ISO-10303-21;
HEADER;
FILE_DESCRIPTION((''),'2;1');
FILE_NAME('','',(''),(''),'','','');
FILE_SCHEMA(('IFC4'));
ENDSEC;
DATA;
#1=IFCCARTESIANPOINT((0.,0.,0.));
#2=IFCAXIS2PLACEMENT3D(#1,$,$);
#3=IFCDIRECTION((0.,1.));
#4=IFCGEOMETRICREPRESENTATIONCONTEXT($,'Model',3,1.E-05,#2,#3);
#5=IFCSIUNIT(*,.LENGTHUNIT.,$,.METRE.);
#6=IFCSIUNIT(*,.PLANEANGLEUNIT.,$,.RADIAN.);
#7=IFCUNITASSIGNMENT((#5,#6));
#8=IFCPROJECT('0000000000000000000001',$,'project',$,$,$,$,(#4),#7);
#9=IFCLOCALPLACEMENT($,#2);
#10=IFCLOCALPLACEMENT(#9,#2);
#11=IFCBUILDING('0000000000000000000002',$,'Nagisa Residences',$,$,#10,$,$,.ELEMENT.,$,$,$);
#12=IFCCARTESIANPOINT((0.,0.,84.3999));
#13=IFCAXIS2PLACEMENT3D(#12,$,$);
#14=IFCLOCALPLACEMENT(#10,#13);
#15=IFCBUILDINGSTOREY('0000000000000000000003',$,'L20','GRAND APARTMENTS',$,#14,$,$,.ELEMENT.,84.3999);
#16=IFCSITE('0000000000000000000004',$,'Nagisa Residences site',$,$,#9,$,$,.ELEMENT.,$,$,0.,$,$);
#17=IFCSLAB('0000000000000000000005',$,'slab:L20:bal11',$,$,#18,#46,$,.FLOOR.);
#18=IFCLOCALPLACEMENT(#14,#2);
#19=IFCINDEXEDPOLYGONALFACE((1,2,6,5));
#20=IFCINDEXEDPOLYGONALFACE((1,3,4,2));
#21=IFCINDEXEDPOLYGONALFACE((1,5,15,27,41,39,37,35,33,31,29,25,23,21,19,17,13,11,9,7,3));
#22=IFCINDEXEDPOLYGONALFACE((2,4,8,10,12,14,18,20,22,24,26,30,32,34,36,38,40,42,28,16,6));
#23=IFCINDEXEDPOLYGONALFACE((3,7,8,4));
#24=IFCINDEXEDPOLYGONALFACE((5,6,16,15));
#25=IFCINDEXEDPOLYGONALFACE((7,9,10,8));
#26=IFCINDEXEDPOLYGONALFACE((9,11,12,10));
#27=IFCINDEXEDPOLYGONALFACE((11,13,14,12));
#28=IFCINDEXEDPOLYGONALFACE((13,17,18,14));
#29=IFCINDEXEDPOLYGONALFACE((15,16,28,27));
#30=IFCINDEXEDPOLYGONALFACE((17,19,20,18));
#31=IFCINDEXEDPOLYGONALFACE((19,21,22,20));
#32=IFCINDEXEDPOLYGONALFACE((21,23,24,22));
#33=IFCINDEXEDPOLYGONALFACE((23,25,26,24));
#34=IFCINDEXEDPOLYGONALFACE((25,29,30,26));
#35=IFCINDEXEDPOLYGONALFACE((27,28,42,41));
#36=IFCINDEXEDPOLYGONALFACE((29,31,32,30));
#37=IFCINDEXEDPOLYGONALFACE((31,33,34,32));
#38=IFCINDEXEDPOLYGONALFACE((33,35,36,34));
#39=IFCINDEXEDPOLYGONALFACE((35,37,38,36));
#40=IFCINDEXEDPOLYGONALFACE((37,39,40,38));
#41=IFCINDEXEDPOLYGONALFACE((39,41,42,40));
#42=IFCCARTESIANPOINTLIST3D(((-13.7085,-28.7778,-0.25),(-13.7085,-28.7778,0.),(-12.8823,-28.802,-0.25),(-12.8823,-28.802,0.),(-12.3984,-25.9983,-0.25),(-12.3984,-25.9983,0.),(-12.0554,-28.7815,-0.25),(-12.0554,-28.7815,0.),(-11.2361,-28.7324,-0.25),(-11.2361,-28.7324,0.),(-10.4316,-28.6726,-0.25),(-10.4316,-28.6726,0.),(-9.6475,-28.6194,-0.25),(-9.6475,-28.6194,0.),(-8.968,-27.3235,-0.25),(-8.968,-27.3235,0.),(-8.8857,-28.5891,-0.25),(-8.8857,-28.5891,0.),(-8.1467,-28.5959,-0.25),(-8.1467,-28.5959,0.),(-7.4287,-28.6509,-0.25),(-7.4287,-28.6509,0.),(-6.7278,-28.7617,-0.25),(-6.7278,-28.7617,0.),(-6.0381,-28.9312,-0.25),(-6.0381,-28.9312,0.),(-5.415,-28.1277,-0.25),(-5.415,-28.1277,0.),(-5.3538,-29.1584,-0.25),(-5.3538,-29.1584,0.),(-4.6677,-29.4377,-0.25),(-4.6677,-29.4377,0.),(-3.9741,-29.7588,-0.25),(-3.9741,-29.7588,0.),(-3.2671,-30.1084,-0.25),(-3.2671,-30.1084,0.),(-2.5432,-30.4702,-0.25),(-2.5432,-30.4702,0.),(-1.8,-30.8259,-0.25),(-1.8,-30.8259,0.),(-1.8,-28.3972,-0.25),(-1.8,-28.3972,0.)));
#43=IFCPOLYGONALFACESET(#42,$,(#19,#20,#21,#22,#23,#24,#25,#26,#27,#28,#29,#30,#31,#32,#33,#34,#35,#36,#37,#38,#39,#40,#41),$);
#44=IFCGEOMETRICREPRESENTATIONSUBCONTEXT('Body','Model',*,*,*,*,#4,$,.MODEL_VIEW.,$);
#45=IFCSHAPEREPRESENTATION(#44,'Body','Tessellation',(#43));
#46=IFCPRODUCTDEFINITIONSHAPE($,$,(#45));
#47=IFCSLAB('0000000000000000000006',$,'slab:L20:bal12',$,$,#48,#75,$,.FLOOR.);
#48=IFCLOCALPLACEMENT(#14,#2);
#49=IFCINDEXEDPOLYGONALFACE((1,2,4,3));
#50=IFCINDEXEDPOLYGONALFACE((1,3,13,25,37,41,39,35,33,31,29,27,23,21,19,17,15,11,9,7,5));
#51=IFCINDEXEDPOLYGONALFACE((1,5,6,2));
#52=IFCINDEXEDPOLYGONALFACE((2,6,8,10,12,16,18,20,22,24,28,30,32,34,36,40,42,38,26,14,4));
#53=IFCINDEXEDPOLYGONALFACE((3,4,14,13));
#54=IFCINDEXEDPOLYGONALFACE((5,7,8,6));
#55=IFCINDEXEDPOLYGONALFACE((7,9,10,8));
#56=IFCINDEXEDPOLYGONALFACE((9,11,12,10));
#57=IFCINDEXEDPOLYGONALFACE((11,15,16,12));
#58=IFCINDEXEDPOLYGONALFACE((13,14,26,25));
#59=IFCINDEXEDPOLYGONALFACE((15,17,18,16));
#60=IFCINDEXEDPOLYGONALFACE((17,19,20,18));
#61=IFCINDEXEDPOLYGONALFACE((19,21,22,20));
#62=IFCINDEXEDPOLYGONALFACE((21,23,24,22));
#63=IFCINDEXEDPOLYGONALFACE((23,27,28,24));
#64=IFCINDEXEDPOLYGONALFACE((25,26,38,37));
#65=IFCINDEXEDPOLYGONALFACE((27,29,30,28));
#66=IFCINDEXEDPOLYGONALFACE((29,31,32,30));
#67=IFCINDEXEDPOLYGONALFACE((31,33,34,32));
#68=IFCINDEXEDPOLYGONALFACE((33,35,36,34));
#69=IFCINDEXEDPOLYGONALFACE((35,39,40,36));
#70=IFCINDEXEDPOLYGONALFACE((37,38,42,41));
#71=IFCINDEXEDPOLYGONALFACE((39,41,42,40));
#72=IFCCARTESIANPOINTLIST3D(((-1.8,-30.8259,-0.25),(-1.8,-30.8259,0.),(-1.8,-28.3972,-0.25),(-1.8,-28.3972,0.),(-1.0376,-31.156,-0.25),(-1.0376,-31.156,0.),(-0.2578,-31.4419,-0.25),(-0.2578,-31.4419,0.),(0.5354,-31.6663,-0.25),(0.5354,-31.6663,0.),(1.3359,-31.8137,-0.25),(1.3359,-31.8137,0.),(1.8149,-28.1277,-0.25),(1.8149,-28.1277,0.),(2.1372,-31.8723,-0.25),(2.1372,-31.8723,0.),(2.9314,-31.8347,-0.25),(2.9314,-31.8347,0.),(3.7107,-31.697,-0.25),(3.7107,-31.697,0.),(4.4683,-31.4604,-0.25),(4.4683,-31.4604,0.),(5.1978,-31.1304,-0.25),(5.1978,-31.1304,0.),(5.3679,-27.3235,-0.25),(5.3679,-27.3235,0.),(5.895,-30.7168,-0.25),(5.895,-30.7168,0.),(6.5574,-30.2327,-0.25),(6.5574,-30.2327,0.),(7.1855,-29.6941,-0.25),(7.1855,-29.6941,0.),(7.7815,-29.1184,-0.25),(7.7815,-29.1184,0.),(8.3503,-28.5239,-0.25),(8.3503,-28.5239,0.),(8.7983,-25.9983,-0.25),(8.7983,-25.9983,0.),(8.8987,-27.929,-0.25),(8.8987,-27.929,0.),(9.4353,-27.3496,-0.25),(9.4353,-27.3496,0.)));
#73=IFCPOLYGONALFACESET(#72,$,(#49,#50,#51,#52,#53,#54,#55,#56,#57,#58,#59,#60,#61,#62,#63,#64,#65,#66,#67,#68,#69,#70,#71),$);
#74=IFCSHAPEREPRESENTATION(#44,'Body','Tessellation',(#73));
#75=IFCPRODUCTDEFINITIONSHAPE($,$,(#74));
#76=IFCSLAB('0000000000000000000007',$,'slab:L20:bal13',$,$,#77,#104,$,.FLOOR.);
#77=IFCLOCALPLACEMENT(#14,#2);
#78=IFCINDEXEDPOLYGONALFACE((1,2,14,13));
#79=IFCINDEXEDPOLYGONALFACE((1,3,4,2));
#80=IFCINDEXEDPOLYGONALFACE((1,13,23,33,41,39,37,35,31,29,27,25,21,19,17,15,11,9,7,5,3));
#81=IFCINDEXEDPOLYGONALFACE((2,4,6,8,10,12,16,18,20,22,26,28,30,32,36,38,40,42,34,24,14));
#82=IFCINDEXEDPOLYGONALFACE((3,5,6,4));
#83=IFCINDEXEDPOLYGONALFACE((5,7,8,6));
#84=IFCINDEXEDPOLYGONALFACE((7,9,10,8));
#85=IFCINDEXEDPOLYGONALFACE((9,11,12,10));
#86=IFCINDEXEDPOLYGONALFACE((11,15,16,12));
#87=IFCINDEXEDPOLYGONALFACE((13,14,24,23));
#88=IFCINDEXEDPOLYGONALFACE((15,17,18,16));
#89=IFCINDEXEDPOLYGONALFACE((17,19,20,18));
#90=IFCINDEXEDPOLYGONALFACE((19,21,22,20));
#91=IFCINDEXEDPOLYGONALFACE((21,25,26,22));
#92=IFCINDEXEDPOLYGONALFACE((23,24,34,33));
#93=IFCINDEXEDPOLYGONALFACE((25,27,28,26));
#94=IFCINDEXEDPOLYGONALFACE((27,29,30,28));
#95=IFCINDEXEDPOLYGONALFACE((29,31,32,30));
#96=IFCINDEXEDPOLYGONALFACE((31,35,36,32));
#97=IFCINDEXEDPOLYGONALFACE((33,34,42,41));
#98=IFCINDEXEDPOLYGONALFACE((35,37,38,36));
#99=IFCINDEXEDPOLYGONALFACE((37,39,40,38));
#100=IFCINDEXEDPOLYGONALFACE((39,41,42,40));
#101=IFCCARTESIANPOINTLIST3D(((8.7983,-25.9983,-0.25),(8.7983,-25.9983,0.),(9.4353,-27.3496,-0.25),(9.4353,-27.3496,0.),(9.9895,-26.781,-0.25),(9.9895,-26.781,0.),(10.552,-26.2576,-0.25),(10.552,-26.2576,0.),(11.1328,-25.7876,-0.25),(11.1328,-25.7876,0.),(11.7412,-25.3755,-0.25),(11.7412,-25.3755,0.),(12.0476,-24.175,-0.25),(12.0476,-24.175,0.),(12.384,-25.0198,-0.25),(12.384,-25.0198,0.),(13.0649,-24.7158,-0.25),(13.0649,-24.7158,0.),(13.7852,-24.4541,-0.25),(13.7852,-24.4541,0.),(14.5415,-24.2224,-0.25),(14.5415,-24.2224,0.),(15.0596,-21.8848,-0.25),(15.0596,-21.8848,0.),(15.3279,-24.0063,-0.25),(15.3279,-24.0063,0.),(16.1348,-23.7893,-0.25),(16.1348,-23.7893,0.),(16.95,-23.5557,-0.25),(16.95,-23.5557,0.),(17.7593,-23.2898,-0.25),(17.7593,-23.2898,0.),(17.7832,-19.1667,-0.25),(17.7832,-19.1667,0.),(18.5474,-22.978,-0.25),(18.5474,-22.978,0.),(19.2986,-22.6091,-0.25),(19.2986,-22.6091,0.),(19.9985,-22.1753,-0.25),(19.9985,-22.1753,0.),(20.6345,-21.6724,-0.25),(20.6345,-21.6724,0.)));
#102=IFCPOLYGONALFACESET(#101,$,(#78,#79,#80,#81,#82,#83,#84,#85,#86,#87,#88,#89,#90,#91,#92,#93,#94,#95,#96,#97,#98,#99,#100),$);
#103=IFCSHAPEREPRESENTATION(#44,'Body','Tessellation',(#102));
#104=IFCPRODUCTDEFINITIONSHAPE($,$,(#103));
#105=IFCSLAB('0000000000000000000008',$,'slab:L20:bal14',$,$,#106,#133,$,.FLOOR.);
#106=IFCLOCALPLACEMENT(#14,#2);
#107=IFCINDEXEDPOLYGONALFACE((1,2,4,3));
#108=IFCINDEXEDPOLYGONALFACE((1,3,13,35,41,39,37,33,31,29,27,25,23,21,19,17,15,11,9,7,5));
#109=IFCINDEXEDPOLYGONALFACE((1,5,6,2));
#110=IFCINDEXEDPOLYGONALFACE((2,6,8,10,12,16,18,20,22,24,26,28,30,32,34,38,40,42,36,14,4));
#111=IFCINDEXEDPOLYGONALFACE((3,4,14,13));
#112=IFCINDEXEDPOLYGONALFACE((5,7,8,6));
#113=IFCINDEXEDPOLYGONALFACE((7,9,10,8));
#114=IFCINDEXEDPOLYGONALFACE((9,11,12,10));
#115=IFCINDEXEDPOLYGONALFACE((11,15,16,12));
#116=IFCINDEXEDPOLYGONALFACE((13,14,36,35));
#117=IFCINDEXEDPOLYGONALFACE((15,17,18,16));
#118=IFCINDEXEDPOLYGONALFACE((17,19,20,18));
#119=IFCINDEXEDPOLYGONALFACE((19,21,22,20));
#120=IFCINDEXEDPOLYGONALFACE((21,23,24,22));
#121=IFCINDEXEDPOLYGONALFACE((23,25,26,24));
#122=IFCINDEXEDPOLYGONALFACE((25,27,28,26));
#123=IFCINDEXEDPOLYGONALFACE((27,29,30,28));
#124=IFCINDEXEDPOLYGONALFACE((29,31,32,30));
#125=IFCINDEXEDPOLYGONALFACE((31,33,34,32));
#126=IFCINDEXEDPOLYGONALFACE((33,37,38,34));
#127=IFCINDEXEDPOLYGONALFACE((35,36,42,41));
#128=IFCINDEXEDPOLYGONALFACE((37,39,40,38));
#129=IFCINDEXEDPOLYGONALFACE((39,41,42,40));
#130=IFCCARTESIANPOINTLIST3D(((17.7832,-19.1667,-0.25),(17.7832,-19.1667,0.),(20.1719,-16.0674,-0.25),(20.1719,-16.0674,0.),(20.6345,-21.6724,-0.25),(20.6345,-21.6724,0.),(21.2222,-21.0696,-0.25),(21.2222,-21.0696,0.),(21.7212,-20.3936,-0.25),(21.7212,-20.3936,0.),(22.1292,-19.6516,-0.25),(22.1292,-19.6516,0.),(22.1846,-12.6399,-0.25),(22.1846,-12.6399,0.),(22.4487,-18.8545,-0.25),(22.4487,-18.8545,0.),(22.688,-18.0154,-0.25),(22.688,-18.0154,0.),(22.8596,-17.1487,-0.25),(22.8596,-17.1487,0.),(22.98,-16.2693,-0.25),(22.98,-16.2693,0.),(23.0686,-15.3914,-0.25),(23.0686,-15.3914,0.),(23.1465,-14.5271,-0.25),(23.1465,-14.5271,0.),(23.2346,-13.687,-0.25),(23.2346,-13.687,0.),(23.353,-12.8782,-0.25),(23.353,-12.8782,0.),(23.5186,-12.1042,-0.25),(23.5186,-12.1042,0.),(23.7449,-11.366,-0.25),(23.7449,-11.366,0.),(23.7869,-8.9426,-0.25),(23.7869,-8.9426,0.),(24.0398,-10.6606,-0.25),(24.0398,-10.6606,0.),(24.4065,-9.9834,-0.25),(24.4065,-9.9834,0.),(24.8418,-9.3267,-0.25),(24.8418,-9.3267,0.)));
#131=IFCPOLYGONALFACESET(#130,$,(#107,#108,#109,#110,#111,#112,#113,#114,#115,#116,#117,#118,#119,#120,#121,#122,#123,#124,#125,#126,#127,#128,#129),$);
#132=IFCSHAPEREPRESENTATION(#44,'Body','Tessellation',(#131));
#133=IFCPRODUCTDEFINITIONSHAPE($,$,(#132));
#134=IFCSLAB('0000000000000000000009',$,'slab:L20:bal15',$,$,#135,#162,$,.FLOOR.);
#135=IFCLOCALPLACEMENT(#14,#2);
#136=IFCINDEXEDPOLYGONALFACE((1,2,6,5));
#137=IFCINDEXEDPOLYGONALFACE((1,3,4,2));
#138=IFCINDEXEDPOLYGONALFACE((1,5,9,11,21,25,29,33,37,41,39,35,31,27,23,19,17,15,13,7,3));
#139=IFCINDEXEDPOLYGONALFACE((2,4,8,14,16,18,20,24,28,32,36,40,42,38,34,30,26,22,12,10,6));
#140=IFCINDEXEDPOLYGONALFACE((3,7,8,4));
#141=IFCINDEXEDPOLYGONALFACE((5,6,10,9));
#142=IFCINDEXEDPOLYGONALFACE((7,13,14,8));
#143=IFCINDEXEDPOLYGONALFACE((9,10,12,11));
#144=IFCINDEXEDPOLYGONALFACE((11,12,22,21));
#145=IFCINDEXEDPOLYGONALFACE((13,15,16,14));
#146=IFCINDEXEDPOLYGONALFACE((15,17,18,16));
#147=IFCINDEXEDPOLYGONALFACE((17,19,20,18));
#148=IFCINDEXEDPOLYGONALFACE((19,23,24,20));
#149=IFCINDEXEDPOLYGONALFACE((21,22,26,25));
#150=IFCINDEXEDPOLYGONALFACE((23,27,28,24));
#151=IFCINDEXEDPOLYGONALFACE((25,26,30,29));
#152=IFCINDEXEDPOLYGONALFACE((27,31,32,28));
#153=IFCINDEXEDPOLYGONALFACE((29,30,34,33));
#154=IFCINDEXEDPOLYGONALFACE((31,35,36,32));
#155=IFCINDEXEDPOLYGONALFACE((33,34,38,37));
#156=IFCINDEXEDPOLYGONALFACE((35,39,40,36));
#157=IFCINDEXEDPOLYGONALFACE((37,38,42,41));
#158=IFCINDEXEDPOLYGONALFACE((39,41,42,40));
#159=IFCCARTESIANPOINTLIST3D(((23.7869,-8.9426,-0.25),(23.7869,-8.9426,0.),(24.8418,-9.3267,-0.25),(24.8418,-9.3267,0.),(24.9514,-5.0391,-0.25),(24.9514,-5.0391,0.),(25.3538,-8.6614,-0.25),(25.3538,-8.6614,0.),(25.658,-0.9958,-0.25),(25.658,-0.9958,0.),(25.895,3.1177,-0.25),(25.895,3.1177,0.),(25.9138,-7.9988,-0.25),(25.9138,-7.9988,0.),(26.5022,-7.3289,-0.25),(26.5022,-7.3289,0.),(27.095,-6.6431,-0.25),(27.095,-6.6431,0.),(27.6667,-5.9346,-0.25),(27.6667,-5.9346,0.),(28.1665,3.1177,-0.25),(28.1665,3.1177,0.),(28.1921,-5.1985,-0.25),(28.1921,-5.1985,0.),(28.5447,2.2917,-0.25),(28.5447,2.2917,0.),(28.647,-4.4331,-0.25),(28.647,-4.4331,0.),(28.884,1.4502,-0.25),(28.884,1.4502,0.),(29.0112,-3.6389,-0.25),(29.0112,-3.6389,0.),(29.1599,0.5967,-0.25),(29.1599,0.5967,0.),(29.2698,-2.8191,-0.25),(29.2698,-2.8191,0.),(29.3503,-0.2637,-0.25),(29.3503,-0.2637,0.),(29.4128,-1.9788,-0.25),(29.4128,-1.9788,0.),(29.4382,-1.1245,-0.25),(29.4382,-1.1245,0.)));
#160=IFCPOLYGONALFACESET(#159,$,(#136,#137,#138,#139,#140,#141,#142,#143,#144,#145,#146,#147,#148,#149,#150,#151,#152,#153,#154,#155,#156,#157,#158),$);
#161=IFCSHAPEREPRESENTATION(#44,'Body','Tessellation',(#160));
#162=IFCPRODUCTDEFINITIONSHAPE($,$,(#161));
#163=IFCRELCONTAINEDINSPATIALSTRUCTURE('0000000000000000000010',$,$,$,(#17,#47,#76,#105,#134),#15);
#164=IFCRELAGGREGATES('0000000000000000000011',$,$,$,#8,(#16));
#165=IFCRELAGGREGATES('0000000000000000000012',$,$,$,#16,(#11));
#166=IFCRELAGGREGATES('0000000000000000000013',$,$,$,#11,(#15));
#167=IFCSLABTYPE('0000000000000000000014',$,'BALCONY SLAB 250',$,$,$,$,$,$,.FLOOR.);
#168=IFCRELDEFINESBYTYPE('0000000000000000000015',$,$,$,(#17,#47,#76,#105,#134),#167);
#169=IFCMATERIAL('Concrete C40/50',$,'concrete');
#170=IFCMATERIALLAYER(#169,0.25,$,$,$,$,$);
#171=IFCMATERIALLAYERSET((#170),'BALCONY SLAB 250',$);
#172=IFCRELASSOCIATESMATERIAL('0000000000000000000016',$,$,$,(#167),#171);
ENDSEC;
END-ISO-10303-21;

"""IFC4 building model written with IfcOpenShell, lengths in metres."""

from ifc_helpers import new_model, si_unit, direction, frame, origin, place, context, subcontext, project, spatial, polyline, outline, extrude, material, layer, layer_set, type_object, element, save


model = new_model("IFC4")

# Units and contexts
model_context = context("Model", 3, precision=1e-05, world=origin(), true_north=direction((0.0, 1.0)))
body_context = subcontext(model_context, "Body", "Model", "MODEL_VIEW")
ifc_project = project(units=[si_unit("LENGTHUNIT", "METRE"), si_unit("PLANEANGLEUNIT", "RADIAN")], contexts=[model_context])

# Site, building, storey
site_placement = place(None, origin())
site = spatial("IfcSite", under=ifc_project, at=site_placement, Name="Nagisa Residences site", CompositionType="ELEMENT", RefElevation=0.0)
building_placement = place(site_placement, origin())
building = spatial("IfcBuilding", under=site, at=building_placement, Name="Nagisa Residences", CompositionType="ELEMENT")
storey_placement = place(building_placement, frame((0.0, 0.0, 84.3999)))
storey = spatial("IfcBuildingStorey", under=building, at=storey_placement, Name="L20", Description="GRAND APARTMENTS", CompositionType="ELEMENT", Elevation=84.3999)

# Slabs
ifc_material_1 = material(Name="Concrete C40/50", Category="concrete")
ifc_layer_1 = layer(ifc_material_1, 0.25)
ifc_layer_set_1 = layer_set([ifc_layer_1], Name="BALCONY SLAB 250")
slab_type = type_object("IfcSlabType", Name="BALCONY SLAB 250", PredefinedType="FLOOR", material=ifc_layer_set_1)
slab_1_placement = place(storey_placement, frame((0.0, 0.0, -0.25)))
element("IfcSlab", 1, at=slab_1_placement, inside=storey, type_object=slab_type, Name="slab:L20:bal11", PredefinedType="FLOOR", context=body_context, shape_type="SweptSolid", body=[
    extrude(outline(polyline([(-13.7085, -28.7778), (-12.8823, -28.802), (-12.0554, -28.7815), (-11.2361, -28.7324), (-10.4316, -28.6726), (-9.6475, -28.6194), (-8.8857, -28.5891), (-8.1467, -28.5959), (-7.4287, -28.6509), (-6.7278, -28.7617), (-6.0381, -28.9312), (-5.3538, -29.1584), (-4.6677, -29.4377), (-3.9741, -29.7588), (-3.2671, -30.1084), (-2.5432, -30.4702), (-1.8, -30.8259), (-1.8, -28.3972), (-5.415, -28.1277), (-8.968, -27.3235), (-12.3984, -25.9983), (-13.7085, -28.7778)])), origin(), (0.0, 0.0, 1.0), 0.25),
])
slab_2_placement = place(storey_placement, frame((0.0, 0.0, -0.25)))
element("IfcSlab", 2, at=slab_2_placement, inside=storey, type_object=slab_type, Name="slab:L20:bal12", PredefinedType="FLOOR", context=body_context, shape_type="SweptSolid", body=[
    extrude(outline(polyline([(-1.8, -30.8259), (-1.0376, -31.156), (-0.2578, -31.4419), (0.5354, -31.6663), (1.3359, -31.8137), (2.1372, -31.8723), (2.9314, -31.8347), (3.7107, -31.697), (4.4683, -31.4604), (5.1978, -31.1304), (5.895, -30.7168), (6.5574, -30.2327), (7.1855, -29.6941), (7.7815, -29.1184), (8.3503, -28.5239), (8.8987, -27.929), (9.4353, -27.3496), (8.7983, -25.9983), (5.3679, -27.3235), (1.8149, -28.1277), (-1.8, -28.3972), (-1.8, -30.8259)])), origin(), (0.0, 0.0, 1.0), 0.25),
])
slab_3_placement = place(storey_placement, frame((0.0, 0.0, -0.25)))
element("IfcSlab", 3, at=slab_3_placement, inside=storey, type_object=slab_type, Name="slab:L20:bal13", PredefinedType="FLOOR", context=body_context, shape_type="SweptSolid", body=[
    extrude(outline(polyline([(9.4353, -27.3496), (9.9895, -26.781), (10.552, -26.2576), (11.1328, -25.7876), (11.7412, -25.3755), (12.384, -25.0198), (13.0649, -24.7158), (13.7852, -24.4541), (14.5415, -24.2224), (15.3279, -24.0063), (16.1348, -23.7893), (16.95, -23.5557), (17.7593, -23.2898), (18.5474, -22.978), (19.2986, -22.6091), (19.9985, -22.1753), (20.6345, -21.6724), (17.7832, -19.1667), (15.0596, -21.8848), (12.0476, -24.175), (8.7983, -25.9983), (9.4353, -27.3496)])), origin(), (0.0, 0.0, 1.0), 0.25),
])
slab_4_placement = place(storey_placement, frame((0.0, 0.0, -0.25)))
element("IfcSlab", 4, at=slab_4_placement, inside=storey, type_object=slab_type, Name="slab:L20:bal14", PredefinedType="FLOOR", context=body_context, shape_type="SweptSolid", body=[
    extrude(outline(polyline([(20.6345, -21.6724), (21.2222, -21.0696), (21.7212, -20.3936), (22.1292, -19.6516), (22.4487, -18.8545), (22.688, -18.0154), (22.8596, -17.1487), (22.98, -16.2693), (23.0686, -15.3914), (23.1465, -14.5271), (23.2346, -13.687), (23.353, -12.8782), (23.5186, -12.1042), (23.7449, -11.366), (24.0398, -10.6606), (24.4065, -9.9834), (24.8418, -9.3267), (23.7869, -8.9426), (22.1846, -12.6399), (20.1719, -16.0674), (17.7832, -19.1667), (20.6345, -21.6724)])), origin(), (0.0, 0.0, 1.0), 0.25),
])
slab_5_placement = place(storey_placement, frame((0.0, 0.0, -0.25)))
element("IfcSlab", 5, at=slab_5_placement, inside=storey, type_object=slab_type, Name="slab:L20:bal15", PredefinedType="FLOOR", context=body_context, shape_type="SweptSolid", body=[
    extrude(outline(polyline([(24.8418, -9.3267), (25.3538, -8.6614), (25.9138, -7.9988), (26.5022, -7.3289), (27.095, -6.6431), (27.6667, -5.9346), (28.1921, -5.1985), (28.647, -4.4331), (29.0112, -3.6389), (29.2698, -2.8191), (29.4128, -1.9788), (29.4382, -1.1245), (29.3503, -0.2637), (29.1599, 0.5967), (28.884, 1.4502), (28.5447, 2.2917), (28.1665, 3.1177), (25.895, 3.1177), (25.658, -0.9958), (24.9514, -5.0391), (23.7869, -8.9426), (24.8418, -9.3267)])), origin(), (0.0, 0.0, 1.0), 0.25),
])

save(model, "model.ifc")
